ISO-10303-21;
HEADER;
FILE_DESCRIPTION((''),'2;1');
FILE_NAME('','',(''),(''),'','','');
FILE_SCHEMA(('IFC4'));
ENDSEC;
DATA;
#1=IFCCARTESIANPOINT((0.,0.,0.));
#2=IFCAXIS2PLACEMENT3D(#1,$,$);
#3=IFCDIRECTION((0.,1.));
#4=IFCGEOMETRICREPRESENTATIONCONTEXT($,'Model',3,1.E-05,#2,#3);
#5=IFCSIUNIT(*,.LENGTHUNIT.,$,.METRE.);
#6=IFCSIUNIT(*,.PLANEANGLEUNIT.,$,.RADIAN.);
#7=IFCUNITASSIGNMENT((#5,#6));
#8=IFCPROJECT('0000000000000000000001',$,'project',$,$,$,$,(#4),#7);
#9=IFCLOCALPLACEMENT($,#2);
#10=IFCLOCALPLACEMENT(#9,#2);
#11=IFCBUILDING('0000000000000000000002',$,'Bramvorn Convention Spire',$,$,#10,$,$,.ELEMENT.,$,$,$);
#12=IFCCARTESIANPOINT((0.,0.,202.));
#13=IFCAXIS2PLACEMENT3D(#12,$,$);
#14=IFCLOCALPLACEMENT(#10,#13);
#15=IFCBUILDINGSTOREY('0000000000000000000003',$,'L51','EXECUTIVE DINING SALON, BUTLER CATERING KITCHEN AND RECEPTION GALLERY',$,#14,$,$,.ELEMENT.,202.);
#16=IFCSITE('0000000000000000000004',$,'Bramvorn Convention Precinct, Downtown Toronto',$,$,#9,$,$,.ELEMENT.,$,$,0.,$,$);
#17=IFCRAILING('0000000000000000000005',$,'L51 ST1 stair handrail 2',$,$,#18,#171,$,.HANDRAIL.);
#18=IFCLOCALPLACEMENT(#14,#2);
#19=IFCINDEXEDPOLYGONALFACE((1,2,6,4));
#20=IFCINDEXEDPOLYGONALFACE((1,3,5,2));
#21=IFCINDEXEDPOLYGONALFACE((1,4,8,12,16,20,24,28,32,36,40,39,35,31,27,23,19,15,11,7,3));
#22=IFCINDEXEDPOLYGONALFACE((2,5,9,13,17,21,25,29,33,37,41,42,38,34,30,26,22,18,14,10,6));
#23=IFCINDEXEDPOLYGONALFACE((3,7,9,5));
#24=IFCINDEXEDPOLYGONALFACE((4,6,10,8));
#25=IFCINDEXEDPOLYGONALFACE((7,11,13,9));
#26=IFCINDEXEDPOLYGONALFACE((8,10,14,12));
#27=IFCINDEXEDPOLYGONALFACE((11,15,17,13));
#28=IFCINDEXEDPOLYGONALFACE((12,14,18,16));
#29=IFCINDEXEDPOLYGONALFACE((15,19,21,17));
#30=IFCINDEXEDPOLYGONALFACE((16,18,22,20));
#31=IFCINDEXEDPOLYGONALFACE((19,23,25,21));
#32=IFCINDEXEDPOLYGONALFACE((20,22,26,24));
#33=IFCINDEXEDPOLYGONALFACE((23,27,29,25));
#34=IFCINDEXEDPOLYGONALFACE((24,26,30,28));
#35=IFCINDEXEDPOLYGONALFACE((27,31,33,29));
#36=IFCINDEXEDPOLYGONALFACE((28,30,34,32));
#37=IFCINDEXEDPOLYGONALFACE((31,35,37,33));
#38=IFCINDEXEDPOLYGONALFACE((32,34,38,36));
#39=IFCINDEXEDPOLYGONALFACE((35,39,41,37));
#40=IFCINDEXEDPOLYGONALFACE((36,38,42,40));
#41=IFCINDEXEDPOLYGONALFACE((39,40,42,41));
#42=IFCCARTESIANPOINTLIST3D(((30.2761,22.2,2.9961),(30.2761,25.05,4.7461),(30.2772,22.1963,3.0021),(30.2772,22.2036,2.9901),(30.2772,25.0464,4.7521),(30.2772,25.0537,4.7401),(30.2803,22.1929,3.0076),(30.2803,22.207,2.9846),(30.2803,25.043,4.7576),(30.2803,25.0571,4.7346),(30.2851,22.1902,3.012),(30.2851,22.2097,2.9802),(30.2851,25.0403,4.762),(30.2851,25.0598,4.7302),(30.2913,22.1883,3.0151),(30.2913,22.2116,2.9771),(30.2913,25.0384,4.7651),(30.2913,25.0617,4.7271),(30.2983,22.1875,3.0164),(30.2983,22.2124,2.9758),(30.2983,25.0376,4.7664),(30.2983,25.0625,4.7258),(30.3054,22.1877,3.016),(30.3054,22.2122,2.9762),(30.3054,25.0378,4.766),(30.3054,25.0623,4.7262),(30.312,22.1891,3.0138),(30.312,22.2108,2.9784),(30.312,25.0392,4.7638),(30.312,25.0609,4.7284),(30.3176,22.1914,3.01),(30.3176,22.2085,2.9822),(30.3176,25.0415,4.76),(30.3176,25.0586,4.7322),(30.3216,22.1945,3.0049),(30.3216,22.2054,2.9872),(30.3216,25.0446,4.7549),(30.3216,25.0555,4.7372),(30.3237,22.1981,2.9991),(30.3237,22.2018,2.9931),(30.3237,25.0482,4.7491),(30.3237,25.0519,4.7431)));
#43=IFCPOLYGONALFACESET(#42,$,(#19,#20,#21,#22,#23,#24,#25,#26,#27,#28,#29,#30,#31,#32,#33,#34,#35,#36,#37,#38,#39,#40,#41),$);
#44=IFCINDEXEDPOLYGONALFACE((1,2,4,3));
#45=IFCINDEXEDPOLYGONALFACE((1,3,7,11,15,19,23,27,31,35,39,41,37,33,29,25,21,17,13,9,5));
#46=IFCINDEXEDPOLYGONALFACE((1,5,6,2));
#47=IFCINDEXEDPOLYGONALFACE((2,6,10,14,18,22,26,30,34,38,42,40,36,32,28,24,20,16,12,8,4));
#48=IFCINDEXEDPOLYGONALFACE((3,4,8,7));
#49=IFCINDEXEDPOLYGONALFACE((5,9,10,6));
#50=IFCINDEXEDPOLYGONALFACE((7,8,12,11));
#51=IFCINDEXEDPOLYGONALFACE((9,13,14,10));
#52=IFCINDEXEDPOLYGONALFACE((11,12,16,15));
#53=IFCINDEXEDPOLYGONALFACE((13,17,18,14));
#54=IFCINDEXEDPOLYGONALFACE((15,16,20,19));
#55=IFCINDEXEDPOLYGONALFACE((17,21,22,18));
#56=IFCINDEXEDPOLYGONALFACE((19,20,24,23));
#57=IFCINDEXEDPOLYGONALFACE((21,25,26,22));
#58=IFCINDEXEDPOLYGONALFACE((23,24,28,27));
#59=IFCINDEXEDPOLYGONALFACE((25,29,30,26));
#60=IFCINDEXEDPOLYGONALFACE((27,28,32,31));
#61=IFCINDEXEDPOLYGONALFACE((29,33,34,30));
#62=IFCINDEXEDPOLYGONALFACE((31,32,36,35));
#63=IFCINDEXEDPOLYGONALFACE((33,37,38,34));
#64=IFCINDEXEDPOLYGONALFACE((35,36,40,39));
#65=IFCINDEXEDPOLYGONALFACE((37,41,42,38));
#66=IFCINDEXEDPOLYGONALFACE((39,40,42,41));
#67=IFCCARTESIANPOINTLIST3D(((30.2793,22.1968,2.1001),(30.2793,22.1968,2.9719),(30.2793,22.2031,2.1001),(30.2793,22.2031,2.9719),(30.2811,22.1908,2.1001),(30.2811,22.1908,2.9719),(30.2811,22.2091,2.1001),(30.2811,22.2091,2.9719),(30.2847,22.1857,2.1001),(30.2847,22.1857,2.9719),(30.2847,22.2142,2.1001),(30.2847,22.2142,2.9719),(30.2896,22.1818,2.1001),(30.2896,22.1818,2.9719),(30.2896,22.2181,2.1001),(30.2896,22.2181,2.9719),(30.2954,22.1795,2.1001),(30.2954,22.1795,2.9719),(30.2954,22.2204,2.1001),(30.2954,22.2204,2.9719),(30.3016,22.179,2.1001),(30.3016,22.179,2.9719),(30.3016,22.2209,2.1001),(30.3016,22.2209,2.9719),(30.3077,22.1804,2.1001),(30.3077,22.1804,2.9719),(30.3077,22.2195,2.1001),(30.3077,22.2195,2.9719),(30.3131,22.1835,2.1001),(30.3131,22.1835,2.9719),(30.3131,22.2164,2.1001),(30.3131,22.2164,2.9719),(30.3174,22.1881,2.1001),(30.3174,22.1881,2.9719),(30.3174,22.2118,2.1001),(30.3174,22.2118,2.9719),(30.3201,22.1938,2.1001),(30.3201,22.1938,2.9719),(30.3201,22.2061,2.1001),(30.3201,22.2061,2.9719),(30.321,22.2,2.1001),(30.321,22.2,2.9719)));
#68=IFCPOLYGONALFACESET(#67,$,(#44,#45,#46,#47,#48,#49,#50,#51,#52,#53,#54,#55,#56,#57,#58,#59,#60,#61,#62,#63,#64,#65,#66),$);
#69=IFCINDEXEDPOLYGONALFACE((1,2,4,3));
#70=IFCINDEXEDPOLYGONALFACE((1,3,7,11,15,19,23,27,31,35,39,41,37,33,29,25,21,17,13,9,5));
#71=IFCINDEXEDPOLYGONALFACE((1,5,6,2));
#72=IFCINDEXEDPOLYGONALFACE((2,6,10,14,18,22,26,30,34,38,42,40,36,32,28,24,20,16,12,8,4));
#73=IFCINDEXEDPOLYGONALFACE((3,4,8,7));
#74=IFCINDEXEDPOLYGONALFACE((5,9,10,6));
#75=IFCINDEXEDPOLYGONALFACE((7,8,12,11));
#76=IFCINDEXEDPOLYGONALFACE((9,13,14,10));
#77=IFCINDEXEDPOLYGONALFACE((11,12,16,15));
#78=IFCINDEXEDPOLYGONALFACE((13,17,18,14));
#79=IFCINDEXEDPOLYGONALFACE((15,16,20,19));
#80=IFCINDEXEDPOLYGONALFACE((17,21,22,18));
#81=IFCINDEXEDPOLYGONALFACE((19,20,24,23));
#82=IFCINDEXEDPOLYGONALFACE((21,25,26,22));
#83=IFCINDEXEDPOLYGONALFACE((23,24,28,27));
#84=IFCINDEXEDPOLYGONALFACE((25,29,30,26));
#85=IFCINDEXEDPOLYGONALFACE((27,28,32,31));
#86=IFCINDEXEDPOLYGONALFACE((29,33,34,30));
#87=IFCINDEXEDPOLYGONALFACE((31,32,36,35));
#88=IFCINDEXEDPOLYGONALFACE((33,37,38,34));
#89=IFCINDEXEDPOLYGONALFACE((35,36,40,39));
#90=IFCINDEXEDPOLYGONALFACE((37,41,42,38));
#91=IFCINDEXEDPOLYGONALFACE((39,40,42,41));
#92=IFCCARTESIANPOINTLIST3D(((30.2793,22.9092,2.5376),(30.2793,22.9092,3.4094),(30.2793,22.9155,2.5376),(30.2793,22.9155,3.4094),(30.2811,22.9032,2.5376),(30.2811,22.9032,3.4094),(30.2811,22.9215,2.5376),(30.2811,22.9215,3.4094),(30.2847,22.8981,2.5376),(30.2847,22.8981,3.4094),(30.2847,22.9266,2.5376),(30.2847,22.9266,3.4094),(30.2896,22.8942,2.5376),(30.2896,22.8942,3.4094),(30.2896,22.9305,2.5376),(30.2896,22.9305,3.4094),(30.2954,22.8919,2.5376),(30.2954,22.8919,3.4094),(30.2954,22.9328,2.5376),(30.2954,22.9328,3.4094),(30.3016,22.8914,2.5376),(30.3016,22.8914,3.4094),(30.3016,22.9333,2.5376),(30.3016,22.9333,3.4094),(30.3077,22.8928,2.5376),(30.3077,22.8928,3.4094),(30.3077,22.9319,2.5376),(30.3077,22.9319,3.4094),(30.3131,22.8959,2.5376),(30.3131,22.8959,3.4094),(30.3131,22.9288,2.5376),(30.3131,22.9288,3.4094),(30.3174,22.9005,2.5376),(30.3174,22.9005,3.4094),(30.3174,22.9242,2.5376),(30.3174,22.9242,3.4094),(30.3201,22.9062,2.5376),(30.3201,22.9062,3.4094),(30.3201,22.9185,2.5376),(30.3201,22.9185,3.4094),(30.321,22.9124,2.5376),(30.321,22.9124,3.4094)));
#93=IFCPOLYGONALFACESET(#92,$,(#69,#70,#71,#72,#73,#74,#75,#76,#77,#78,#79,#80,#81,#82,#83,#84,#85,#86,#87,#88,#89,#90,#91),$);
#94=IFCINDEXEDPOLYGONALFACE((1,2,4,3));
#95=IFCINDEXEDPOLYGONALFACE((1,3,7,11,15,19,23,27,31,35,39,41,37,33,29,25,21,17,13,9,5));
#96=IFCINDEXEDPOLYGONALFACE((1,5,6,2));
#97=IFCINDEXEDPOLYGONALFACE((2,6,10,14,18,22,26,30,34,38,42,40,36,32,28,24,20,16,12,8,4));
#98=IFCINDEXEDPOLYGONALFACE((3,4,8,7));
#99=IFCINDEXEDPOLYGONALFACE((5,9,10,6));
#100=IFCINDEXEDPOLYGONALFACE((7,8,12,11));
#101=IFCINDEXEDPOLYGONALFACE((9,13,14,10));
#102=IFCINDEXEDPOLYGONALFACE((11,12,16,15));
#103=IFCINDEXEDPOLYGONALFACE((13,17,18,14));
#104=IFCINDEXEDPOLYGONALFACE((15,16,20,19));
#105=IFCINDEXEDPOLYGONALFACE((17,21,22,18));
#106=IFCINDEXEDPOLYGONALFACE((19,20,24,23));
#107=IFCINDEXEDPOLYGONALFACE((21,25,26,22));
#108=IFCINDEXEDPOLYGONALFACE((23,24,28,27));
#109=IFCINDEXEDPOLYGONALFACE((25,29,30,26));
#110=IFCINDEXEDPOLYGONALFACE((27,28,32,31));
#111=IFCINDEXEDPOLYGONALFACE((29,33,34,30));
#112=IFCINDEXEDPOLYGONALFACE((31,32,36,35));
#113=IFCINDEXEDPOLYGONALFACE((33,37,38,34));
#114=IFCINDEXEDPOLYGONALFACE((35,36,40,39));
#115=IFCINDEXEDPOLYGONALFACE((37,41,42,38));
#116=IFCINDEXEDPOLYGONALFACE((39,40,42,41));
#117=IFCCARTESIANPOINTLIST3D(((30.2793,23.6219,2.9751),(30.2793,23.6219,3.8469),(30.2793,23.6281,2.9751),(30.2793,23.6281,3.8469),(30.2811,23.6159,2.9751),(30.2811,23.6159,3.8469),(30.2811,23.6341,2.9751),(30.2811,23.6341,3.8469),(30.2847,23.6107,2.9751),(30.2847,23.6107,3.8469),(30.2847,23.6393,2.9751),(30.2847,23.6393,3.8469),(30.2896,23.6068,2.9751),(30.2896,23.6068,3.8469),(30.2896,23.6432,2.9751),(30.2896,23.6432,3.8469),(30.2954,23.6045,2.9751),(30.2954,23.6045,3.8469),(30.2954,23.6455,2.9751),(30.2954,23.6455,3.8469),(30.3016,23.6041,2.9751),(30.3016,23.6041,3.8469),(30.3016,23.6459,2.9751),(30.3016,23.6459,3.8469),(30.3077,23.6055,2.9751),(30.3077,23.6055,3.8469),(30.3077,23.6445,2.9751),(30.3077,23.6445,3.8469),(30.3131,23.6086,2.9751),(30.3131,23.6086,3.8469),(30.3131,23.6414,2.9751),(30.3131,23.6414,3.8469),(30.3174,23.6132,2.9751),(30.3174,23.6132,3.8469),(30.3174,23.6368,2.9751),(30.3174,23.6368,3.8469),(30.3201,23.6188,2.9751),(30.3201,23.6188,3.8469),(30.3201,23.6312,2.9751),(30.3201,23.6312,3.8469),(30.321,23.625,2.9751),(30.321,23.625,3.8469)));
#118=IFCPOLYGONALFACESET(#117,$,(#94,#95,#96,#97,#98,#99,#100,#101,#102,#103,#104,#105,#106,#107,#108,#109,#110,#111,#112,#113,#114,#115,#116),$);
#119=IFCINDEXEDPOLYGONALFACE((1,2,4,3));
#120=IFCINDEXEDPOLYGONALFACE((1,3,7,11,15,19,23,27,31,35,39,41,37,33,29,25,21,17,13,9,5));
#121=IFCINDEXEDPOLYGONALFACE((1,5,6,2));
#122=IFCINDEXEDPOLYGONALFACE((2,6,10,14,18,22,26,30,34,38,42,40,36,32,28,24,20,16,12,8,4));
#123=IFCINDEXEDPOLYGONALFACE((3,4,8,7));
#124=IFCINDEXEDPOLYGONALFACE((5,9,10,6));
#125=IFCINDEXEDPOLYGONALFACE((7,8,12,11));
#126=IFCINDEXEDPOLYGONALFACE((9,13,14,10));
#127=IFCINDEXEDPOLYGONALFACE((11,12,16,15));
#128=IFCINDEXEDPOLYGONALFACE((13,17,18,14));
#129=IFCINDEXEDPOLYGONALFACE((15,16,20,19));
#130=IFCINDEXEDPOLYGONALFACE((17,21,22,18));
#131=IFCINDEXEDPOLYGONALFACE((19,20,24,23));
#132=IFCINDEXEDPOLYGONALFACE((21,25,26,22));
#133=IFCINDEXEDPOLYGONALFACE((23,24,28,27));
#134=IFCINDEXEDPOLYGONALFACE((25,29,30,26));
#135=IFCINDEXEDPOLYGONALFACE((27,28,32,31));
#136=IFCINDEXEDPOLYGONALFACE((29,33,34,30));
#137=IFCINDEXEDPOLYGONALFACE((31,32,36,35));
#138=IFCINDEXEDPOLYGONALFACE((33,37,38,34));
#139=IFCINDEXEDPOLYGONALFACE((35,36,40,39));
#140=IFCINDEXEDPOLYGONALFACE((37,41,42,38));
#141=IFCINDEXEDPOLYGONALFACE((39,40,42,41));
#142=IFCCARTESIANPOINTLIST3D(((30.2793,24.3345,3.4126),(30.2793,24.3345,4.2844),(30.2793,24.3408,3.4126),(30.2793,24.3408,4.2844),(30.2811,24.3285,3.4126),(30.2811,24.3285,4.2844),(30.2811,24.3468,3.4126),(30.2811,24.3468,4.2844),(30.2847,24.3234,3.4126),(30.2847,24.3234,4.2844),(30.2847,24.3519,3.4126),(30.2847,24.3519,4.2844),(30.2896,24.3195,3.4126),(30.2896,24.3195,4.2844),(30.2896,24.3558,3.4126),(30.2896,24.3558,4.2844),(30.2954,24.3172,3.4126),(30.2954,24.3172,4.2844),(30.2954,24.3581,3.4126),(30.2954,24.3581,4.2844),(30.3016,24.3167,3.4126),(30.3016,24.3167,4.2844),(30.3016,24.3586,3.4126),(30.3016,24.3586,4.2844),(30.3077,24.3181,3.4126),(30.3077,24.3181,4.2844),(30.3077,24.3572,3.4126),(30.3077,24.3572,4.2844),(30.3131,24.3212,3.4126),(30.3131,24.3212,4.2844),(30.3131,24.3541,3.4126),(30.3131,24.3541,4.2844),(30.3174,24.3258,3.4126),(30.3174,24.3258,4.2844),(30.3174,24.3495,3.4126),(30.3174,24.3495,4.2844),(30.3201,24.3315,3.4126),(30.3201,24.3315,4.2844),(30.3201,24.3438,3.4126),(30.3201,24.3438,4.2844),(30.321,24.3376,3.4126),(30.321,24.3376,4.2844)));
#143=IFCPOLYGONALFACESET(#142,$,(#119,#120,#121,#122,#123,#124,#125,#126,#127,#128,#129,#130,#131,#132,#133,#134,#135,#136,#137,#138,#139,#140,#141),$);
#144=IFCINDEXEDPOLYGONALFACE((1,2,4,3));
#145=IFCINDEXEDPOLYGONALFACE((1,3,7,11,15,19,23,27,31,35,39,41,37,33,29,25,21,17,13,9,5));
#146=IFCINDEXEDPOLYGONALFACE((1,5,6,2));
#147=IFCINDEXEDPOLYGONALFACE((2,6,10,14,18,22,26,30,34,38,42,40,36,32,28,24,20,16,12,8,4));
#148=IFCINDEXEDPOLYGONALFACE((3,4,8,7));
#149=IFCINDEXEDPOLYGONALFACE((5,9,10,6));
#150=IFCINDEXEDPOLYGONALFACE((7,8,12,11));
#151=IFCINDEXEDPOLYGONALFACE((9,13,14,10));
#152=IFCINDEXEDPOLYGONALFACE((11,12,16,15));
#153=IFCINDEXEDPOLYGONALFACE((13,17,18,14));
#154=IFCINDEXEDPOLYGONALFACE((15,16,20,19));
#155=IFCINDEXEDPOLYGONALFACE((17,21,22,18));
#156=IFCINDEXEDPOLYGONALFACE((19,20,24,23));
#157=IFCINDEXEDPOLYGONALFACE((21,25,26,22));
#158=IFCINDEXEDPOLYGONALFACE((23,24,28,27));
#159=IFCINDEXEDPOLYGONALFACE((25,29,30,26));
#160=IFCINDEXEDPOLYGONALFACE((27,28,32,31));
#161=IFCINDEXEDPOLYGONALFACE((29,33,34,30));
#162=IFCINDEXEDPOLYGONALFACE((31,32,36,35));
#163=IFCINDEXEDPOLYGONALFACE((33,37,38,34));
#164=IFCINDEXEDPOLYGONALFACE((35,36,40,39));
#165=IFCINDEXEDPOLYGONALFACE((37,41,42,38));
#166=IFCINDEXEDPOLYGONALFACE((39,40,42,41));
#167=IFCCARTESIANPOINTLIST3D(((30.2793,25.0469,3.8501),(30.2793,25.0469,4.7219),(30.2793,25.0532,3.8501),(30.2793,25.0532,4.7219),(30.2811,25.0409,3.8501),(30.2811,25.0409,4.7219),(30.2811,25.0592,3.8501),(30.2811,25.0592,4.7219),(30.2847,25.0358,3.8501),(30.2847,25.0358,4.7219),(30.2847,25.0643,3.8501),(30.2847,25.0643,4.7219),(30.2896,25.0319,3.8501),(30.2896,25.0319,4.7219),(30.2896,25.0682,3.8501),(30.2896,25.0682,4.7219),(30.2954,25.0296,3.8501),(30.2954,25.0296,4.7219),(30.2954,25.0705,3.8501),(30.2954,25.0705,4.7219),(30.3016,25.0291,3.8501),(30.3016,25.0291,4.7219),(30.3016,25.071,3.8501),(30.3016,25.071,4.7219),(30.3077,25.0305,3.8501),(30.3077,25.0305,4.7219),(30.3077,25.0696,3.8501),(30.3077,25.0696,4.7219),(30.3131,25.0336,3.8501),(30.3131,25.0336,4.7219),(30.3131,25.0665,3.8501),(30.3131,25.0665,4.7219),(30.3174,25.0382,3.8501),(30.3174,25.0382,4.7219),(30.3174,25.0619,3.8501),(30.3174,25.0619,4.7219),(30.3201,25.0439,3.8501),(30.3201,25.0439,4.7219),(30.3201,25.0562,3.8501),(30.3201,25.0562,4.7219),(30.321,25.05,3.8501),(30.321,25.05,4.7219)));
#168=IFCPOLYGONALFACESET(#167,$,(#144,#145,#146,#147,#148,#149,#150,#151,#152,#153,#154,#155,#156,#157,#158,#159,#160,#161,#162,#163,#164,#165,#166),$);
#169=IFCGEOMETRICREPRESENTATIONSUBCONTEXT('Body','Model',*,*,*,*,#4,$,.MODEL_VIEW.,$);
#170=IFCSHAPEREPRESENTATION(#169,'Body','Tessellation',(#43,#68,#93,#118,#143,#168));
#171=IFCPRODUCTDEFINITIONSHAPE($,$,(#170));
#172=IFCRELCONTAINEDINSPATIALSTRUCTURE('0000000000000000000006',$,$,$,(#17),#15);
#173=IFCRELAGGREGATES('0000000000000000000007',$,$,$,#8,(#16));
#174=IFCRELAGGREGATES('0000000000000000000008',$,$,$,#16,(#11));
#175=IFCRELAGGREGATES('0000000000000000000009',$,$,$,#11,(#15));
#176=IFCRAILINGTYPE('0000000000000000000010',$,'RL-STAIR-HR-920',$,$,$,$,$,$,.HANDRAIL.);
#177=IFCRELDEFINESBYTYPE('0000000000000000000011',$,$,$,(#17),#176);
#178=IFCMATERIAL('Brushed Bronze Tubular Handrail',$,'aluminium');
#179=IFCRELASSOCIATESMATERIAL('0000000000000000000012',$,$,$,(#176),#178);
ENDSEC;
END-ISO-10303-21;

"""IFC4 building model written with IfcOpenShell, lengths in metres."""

from ifc_helpers import new_model, si_unit, direction, frame, origin, origin_2d, place, context, subcontext, project, spatial, circle, extrude, material, type_object, element, save


model = new_model("IFC4")

# Units and contexts
model_context = context("Model", 3, precision=1e-05, world=origin(), true_north=direction((0.0, 1.0)))
body_context = subcontext(model_context, "Body", "Model", "MODEL_VIEW")
ifc_project = project(units=[si_unit("LENGTHUNIT", "METRE"), si_unit("PLANEANGLEUNIT", "RADIAN")], contexts=[model_context])

# Site, building, storey
site_placement = place(None, origin())
site = spatial("IfcSite", under=ifc_project, at=site_placement, Name="Bramvorn Convention Precinct, Downtown Toronto", CompositionType="ELEMENT", RefElevation=0.0)
building_placement = place(site_placement, origin())
building = spatial("IfcBuilding", under=site, at=building_placement, Name="Bramvorn Convention Spire", CompositionType="ELEMENT")
storey_placement = place(building_placement, frame((0.0, 0.0, 202.0)))
storey = spatial("IfcBuildingStorey", under=building, at=storey_placement, Name="L51", Description="EXECUTIVE DINING SALON, BUTLER CATERING KITCHEN AND RECEPTION GALLERY", CompositionType="ELEMENT", Elevation=202.0)

# Railing
ifc_material_1 = material(Name="Brushed Bronze Tubular Handrail", Category="aluminium")
railing_type_1 = type_object("IfcRailingType", Name="RL-STAIR-HR-920", PredefinedType="HANDRAIL", material=ifc_material_1)
railing_1_placement = place(storey_placement, frame((30.3, 22.2, 2.1001)))
element("IfcRailing", 1, at=railing_1_placement, inside=storey, type_object=railing_type_1, Name="L51 ST1 stair handrail 2", PredefinedType="HANDRAIL", context=body_context, shape_type="SweptSolid", body=[
    extrude(circle(Radius=0.0239, at=origin_2d()), frame((0.0, 0.0, 0.896), z_axis=(0.0, 0.852179, 0.52325), x_axis=(-1.0, 0.0, 0.0)), (0.0, 0.0, 1.0), 3.3445),
    extrude(circle(Radius=0.021, at=origin_2d()), origin(), (0.0, 0.0, 1.0), 0.8718),
    extrude(circle(Radius=0.021, at=origin_2d()), frame((0.0, 0.7124, 0.4375)), (0.0, 0.0, 1.0), 0.8718),
    extrude(circle(Radius=0.021, at=origin_2d()), frame((0.0, 1.425, 0.875)), (0.0, 0.0, 1.0), 0.8718),
    extrude(circle(Radius=0.021, at=origin_2d()), frame((0.0, 2.1377, 1.3125)), (0.0, 0.0, 1.0), 0.8718),
    extrude(circle(Radius=0.021, at=origin_2d()), frame((0.0, 2.8501, 1.75)), (0.0, 0.0, 1.0), 0.8718),
])

save(model, "model.ifc")
